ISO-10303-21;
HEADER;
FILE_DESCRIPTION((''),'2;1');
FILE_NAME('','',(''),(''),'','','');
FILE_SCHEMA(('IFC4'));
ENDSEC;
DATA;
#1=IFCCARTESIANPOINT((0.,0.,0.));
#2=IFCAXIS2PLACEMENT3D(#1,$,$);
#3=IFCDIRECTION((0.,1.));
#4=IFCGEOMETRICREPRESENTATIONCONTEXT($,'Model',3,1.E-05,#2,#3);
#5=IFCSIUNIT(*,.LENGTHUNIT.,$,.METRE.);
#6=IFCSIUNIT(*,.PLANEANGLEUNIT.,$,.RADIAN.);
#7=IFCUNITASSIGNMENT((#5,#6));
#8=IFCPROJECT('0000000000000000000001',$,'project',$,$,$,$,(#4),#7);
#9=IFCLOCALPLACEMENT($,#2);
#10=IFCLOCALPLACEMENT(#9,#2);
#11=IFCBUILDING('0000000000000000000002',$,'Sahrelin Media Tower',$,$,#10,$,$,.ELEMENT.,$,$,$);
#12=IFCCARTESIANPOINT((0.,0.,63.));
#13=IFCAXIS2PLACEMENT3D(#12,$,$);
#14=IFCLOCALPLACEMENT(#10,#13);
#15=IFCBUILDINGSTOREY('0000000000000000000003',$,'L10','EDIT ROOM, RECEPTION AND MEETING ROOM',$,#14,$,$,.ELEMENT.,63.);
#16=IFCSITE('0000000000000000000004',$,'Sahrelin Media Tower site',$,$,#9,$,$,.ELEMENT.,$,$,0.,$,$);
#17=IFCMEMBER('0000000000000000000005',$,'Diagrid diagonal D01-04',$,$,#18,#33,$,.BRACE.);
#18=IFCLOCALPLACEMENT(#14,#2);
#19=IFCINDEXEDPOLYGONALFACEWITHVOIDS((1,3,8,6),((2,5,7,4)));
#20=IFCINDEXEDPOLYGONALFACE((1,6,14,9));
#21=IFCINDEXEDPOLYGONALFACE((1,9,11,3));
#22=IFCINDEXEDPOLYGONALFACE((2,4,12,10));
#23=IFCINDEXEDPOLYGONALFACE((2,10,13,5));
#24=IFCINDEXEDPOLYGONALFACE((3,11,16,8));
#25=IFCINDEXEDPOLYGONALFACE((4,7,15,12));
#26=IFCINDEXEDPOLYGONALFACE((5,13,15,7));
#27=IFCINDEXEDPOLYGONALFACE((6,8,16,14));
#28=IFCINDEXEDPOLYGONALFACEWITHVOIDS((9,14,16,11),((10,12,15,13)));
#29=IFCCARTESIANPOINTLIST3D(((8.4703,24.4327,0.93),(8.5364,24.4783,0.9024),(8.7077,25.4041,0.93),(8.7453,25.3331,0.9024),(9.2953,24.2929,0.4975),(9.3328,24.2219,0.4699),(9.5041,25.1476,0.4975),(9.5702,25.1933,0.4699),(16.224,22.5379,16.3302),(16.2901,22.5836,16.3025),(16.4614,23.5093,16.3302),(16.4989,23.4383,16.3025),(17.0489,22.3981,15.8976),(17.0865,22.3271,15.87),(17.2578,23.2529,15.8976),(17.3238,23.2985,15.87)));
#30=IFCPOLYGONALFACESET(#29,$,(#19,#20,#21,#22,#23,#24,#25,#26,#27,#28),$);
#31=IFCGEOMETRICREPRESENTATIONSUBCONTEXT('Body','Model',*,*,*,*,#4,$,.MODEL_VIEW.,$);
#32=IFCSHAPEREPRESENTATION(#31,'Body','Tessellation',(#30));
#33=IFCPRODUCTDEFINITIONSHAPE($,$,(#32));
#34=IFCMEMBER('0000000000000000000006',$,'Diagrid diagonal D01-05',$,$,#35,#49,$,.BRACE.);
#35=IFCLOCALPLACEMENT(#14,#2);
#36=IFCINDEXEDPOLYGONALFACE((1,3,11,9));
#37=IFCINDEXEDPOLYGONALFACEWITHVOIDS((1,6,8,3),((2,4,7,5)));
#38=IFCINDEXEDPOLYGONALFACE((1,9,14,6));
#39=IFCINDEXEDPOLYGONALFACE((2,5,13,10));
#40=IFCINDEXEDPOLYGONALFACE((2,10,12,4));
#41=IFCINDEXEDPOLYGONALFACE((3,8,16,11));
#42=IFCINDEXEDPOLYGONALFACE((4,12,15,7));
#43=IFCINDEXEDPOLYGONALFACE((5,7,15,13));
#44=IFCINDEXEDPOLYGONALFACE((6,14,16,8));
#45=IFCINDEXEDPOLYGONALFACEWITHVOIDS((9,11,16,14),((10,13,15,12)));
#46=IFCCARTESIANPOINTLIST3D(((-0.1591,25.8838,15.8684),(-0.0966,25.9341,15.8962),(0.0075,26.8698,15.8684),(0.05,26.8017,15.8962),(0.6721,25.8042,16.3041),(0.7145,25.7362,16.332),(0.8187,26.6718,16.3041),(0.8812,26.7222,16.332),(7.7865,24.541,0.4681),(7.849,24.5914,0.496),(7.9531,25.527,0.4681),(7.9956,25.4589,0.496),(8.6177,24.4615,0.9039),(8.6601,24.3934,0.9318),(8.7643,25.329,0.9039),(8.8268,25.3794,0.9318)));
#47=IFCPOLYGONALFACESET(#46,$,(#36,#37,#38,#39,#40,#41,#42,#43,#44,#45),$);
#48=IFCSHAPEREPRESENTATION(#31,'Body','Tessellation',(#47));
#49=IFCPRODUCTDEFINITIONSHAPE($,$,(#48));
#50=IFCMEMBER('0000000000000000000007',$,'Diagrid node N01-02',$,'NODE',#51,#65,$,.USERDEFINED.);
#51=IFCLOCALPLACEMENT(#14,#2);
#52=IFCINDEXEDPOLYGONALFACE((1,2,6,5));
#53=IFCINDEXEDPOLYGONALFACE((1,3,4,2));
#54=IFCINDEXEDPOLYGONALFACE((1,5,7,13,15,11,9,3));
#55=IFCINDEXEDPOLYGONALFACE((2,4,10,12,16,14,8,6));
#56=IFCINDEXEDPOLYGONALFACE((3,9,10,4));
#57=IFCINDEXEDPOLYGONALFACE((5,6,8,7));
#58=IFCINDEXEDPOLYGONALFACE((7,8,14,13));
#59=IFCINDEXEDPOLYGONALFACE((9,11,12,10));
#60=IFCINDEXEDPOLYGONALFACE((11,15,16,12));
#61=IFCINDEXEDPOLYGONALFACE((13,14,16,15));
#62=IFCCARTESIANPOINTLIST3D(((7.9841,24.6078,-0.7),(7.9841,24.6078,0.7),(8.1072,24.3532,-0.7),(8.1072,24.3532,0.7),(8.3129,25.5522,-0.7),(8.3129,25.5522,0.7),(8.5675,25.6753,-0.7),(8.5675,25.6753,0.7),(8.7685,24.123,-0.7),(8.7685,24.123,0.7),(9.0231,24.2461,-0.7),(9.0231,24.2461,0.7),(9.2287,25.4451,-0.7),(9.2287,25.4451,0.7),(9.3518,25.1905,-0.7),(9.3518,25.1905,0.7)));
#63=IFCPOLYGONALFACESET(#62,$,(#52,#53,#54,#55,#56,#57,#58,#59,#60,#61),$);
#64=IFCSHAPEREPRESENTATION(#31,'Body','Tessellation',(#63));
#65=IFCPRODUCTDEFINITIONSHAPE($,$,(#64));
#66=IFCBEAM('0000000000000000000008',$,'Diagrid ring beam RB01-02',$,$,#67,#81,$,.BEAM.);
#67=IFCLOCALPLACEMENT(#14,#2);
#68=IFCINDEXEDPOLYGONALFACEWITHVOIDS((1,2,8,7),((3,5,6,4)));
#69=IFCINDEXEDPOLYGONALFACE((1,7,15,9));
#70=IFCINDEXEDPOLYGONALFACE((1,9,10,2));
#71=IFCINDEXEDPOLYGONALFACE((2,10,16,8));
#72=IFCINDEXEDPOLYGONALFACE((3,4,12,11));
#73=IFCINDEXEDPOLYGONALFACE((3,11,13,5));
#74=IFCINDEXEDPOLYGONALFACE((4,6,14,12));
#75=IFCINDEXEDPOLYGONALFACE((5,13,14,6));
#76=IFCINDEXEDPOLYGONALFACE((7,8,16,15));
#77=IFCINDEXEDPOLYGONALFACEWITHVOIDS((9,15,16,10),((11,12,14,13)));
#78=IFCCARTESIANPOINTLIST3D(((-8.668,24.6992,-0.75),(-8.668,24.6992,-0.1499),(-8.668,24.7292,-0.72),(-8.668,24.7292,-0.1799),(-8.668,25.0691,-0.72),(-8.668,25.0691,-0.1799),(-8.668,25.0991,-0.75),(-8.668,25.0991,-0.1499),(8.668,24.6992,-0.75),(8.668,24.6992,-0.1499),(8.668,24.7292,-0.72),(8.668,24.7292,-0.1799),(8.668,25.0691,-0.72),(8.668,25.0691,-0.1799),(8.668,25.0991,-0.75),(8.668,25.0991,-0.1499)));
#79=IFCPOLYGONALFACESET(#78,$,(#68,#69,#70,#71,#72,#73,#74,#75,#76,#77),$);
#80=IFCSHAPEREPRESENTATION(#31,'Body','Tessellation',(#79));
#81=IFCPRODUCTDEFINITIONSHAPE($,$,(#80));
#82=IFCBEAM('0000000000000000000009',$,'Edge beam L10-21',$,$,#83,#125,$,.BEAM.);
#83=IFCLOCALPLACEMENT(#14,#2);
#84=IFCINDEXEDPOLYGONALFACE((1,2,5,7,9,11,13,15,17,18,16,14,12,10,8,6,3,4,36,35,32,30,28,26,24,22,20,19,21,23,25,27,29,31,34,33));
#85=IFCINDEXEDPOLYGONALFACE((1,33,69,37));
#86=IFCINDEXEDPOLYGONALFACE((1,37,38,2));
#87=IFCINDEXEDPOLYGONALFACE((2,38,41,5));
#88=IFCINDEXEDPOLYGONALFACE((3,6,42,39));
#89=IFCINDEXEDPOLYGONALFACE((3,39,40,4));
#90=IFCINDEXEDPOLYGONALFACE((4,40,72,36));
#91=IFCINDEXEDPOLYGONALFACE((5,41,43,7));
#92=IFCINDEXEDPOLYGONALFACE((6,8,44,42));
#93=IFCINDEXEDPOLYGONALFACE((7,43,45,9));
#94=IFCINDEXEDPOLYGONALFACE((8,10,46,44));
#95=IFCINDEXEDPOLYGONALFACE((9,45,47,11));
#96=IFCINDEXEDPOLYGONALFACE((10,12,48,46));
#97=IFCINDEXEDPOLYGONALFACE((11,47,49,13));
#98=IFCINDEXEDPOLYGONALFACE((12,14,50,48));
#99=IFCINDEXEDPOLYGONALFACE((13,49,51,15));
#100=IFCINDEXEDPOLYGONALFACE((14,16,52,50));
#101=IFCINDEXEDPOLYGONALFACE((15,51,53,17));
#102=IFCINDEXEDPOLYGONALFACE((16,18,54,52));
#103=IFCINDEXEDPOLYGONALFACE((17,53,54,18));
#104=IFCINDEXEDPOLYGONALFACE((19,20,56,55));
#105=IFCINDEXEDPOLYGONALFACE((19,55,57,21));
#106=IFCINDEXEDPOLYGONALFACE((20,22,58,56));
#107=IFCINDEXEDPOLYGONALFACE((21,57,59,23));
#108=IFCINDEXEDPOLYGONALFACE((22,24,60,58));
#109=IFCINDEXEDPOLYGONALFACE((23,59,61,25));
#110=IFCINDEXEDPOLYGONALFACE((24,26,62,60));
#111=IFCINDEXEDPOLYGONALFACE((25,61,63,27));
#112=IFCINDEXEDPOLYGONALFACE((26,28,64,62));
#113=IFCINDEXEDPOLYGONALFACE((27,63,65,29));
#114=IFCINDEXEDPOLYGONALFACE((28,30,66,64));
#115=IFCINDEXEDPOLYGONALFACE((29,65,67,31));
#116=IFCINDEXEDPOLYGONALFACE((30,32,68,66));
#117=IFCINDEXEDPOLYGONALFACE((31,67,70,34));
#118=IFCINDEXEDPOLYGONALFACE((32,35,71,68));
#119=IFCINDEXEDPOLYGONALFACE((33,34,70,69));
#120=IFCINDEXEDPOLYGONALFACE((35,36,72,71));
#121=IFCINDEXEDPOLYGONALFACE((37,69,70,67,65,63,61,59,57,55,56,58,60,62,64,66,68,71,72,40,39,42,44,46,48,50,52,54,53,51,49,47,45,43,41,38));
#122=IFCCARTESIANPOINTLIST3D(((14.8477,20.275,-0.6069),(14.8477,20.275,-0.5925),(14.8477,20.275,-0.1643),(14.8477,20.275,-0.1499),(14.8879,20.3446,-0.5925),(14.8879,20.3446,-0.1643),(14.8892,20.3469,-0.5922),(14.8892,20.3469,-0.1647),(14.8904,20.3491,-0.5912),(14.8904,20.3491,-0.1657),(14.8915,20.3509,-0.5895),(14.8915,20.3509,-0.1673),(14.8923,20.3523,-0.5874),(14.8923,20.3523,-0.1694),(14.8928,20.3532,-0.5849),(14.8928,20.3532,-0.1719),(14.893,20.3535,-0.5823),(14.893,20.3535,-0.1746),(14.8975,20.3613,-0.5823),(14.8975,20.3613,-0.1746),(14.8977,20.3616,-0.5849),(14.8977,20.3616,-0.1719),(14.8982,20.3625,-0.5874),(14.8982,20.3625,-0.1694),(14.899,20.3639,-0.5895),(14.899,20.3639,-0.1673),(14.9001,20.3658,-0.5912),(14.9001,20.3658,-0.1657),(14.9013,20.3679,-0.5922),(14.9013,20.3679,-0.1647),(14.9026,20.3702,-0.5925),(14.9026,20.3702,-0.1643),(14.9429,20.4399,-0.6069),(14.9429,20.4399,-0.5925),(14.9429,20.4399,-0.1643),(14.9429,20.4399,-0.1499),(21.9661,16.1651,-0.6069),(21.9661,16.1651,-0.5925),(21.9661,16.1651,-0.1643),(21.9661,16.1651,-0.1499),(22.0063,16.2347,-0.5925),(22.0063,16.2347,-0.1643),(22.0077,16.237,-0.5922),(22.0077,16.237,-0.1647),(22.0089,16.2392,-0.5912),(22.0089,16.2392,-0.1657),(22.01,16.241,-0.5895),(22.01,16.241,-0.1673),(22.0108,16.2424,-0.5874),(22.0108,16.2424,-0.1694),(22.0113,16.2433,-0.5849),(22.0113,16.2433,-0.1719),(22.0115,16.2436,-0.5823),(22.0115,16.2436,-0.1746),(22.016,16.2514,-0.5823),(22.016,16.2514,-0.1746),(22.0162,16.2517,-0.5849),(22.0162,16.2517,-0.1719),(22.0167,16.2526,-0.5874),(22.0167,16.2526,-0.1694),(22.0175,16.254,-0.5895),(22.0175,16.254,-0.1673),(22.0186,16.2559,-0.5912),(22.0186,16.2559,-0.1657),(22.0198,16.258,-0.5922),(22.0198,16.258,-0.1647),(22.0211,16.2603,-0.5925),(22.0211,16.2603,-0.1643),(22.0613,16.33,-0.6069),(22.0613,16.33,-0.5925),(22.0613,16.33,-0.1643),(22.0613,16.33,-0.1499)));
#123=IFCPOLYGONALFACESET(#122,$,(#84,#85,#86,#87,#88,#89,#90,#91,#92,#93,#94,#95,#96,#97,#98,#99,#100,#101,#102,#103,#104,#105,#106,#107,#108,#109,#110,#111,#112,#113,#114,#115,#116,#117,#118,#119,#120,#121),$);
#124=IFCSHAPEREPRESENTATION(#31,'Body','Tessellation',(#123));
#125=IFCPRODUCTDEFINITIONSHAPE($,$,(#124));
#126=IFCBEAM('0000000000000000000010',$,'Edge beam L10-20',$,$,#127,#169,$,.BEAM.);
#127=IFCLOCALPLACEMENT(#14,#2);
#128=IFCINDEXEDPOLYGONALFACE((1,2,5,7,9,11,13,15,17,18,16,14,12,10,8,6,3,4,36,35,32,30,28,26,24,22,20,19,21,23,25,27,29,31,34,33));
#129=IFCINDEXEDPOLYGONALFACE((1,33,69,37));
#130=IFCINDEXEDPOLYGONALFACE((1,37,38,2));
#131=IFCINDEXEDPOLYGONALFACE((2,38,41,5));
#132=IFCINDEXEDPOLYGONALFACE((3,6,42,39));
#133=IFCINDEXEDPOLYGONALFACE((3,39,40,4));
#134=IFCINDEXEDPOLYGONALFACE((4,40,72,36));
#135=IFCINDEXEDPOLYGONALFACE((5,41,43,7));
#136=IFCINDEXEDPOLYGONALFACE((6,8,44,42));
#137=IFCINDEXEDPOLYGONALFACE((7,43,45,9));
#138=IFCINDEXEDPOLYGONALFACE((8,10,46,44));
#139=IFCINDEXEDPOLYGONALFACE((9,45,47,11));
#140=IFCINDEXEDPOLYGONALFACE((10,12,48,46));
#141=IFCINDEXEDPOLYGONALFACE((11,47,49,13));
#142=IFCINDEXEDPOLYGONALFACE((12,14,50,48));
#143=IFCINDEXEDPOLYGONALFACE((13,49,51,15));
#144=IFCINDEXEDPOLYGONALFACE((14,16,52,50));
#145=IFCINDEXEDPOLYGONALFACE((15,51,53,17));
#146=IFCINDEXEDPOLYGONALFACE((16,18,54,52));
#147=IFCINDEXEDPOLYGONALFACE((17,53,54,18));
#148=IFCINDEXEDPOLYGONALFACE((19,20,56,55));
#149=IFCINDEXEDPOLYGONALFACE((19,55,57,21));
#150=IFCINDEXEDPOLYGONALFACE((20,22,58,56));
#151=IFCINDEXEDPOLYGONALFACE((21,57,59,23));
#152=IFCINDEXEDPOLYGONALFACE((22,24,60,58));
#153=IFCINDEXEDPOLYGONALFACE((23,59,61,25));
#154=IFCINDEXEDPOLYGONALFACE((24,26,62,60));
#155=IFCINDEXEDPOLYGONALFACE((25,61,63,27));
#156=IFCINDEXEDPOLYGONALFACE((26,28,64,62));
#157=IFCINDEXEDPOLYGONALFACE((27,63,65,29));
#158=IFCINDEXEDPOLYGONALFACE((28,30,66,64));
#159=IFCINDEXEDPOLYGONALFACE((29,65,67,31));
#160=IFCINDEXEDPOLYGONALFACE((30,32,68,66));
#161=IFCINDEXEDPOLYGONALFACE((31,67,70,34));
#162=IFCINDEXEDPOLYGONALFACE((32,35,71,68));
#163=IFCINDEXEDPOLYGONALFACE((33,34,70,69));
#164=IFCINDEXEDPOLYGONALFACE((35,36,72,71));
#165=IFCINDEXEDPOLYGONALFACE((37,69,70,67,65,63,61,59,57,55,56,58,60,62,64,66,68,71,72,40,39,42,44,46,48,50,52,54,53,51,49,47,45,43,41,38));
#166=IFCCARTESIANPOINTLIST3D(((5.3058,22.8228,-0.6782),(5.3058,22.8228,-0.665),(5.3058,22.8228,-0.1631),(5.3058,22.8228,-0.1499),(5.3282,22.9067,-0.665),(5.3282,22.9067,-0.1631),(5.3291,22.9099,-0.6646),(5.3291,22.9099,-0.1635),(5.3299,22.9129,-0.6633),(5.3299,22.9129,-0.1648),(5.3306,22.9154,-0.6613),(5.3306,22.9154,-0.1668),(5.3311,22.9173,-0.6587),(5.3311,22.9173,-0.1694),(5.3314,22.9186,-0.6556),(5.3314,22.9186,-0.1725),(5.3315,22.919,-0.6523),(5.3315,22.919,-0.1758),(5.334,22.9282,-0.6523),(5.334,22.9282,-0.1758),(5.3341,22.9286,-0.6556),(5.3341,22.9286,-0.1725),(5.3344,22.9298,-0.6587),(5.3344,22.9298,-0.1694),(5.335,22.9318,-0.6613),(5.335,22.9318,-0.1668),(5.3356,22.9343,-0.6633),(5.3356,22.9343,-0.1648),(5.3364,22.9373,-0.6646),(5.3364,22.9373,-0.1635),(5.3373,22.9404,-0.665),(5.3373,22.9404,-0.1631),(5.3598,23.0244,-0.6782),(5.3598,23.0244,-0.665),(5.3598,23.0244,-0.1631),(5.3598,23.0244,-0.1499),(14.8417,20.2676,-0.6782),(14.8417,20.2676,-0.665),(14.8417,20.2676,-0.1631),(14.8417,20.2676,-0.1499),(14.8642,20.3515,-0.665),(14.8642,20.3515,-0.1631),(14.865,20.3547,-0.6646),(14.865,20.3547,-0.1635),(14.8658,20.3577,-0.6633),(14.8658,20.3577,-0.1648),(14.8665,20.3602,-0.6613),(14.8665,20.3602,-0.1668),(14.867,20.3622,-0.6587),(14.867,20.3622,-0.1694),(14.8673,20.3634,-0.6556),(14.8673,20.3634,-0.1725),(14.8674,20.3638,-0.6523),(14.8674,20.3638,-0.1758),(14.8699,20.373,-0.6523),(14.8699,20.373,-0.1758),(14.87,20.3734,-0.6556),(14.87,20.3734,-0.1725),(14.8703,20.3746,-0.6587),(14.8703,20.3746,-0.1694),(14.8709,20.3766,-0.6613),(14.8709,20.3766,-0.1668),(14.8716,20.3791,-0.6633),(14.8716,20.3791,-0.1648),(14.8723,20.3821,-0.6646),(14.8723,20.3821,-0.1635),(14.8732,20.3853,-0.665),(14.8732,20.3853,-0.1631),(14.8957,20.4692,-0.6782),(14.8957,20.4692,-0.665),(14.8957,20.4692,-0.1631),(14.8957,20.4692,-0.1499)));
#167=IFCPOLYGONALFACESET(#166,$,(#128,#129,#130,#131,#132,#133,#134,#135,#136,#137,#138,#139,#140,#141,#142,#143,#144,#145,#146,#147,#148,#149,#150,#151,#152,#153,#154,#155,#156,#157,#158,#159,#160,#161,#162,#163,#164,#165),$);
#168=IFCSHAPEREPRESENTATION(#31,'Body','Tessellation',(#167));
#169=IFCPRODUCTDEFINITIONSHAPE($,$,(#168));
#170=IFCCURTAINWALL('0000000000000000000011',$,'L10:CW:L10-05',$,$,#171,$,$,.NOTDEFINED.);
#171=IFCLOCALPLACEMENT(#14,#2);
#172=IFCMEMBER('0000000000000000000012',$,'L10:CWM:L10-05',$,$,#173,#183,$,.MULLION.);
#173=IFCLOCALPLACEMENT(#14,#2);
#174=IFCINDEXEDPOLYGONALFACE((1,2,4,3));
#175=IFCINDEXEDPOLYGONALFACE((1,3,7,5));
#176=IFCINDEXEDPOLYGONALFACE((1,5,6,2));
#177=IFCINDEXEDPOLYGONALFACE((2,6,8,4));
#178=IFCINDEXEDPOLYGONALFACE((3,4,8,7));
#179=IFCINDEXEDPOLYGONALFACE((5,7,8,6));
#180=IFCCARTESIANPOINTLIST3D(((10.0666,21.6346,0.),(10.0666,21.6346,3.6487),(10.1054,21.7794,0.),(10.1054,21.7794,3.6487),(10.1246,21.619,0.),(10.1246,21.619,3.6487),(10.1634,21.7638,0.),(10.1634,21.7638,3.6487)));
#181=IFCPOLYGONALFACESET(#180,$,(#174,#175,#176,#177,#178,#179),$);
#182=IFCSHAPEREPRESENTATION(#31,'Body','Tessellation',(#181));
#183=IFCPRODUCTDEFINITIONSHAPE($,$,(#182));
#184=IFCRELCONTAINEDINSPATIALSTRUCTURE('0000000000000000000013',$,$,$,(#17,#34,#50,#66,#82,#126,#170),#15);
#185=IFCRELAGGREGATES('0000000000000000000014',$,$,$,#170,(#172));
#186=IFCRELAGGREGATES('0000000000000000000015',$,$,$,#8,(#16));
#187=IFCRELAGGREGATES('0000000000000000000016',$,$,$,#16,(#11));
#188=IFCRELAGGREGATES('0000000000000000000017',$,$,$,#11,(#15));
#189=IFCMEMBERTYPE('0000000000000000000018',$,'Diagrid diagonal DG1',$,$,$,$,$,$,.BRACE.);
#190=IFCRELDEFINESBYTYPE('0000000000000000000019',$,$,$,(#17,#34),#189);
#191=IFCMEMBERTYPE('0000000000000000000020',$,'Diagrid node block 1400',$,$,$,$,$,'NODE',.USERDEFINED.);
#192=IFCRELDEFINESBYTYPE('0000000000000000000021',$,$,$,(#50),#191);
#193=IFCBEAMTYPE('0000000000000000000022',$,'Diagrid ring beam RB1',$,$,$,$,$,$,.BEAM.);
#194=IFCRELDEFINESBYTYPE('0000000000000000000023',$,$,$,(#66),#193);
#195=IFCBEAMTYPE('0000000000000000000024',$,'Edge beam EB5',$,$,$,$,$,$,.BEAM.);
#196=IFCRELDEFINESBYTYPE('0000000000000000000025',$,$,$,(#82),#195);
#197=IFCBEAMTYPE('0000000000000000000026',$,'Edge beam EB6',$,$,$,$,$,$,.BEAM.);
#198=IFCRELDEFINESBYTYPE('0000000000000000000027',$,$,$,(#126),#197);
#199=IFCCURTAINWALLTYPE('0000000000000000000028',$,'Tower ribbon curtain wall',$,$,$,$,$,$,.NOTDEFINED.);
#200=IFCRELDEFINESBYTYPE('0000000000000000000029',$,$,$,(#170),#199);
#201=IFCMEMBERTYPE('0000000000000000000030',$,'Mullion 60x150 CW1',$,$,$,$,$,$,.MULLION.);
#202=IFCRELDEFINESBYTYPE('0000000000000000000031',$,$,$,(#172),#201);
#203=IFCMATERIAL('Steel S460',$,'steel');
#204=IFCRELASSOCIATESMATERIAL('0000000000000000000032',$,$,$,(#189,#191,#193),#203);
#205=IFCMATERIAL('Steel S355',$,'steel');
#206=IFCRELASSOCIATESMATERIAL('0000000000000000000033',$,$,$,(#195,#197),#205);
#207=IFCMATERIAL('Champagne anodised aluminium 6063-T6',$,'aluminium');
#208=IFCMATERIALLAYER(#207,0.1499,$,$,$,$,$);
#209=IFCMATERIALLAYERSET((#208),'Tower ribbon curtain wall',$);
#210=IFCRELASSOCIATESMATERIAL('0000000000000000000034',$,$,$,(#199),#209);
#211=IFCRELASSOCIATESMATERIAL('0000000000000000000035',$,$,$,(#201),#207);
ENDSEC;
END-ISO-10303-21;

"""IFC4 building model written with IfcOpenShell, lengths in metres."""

from ifc_helpers import new_model, si_unit, direction, frame, origin, origin_2d, place, context, subcontext, project, spatial, polyline, rectangle, hollow_rectangle, i_section, outline, extrude, material, layer, layer_set, material_profile, profile_set, type_object, element, aggregate, save


model = new_model("IFC4")

# Units and contexts
model_context = context("Model", 3, precision=1e-05, world=origin(), true_north=direction((0.0, 1.0)))
body_context = subcontext(model_context, "Body", "Model", "MODEL_VIEW")
ifc_project = project(units=[si_unit("LENGTHUNIT", "METRE"), si_unit("PLANEANGLEUNIT", "RADIAN")], contexts=[model_context])

# Site, building, storey
site_placement = place(None, origin())
site = spatial("IfcSite", under=ifc_project, at=site_placement, Name="Sahrelin Media Tower site", CompositionType="ELEMENT", RefElevation=0.0)
building_placement = place(site_placement, origin())
building = spatial("IfcBuilding", under=site, at=building_placement, Name="Sahrelin Media Tower", CompositionType="ELEMENT")
storey_placement = place(building_placement, frame((0.0, 0.0, 63.0)))
storey = spatial("IfcBuildingStorey", under=building, at=storey_placement, Name="L10", Description="EDIT ROOM, RECEPTION AND MEETING ROOM", CompositionType="ELEMENT", Elevation=63.0)

# Members
ifc_material_1 = material(Name="Steel S460", Category="steel")
ifc_material_profile_1 = material_profile(ifc_material_1, hollow_rectangle(XDim=1.0, YDim=1.0, WallThickness=0.0601, at=origin_2d()), Name="Diagrid diagonal DG1")
ifc_profile_set_1 = profile_set([ifc_material_profile_1], Name="Steel S460")
member_type_1 = type_object("IfcMemberType", Name="Diagrid diagonal DG1", PredefinedType="BRACE", material=ifc_profile_set_1)
member_1_placement = place(storey_placement, frame((9.0203, 24.813, 0.7), z_axis=(0.447007, -0.109236, 0.887836), x_axis=(0.237386, 0.971415, 0.0)))
element("IfcMember", 1, at=member_1_placement, inside=storey, type_object=member_type_1, Name="Diagrid diagonal D01-04", PredefinedType="BRACE", context=body_context, shape_type="SweptSolid", body=[
    extrude(hollow_rectangle(XDim=1.0, YDim=1.0, WallThickness=0.0601, at=origin_2d()), origin(), (0.0, 0.0, 1.0), 17.3457),
])
member_2_placement = place(storey_placement, frame((8.3066, 24.9602, 0.7), z_axis=(-0.45714, 0.077255, 0.886033), x_axis=(-0.166634, -0.986019, 0.0)))
element("IfcMember", 2, at=member_2_placement, inside=storey, type_object=member_type_1, Name="Diagrid diagonal D01-05", PredefinedType="BRACE", context=body_context, shape_type="SweptSolid", body=[
    extrude(hollow_rectangle(XDim=1.0, YDim=1.0, WallThickness=0.0601, at=origin_2d()), origin(), (0.0, 0.0, 1.0), 17.3811),
])
ifc_material_profile_2 = material_profile(ifc_material_1, outline(polyline([(0.5, -0.55), (0.7, -0.3501), (0.7, 0.3501), (0.5, 0.55), (-0.5, 0.55), (-0.7, 0.3501), (-0.7, -0.3501), (-0.5, -0.55), (0.5, -0.55)])), Name="Diagrid node block 1400")
ifc_profile_set_2 = profile_set([ifc_material_profile_2], Name="Steel S460")
member_type_2 = type_object("IfcMemberType", Name="Diagrid node block 1400", ElementType="NODE", PredefinedType="USERDEFINED", material=ifc_profile_set_2)
member_3_placement = place(storey_placement, frame((8.668, 24.8992, -0.7), z_axis=(0.0, 0.0, 1.0), x_axis=(0.328769, 0.94441, 0.0)))
element("IfcMember", 3, at=member_3_placement, inside=storey, type_object=member_type_2, Name="Diagrid node N01-02", ObjectType="NODE", PredefinedType="USERDEFINED", context=body_context, shape_type="SweptSolid", body=[
    extrude(outline(polyline([(0.5, -0.55), (0.7, -0.3501), (0.7, 0.3501), (0.5, 0.55), (-0.5, 0.55), (-0.7, 0.3501), (-0.7, -0.3501), (-0.5, -0.55), (0.5, -0.55)])), origin(), (0.0, 0.0, 1.0), 1.3999),
])

# Beams
ifc_material_profile_3 = material_profile(ifc_material_1, hollow_rectangle(XDim=0.3999, YDim=0.6001, WallThickness=0.03, at=origin_2d()), Name="Diagrid ring beam RB1")
ifc_profile_set_3 = profile_set([ifc_material_profile_3], Name="Steel S460")
beam_type_1 = type_object("IfcBeamType", Name="Diagrid ring beam RB1", PredefinedType="BEAM", material=ifc_profile_set_3)
beam_1_placement = place(storey_placement, frame((8.668, 24.8992, -0.45), z_axis=(-1.0, 0.0, 0.0), x_axis=(0.0, -1.0, 0.0)))
element("IfcBeam", 4, at=beam_1_placement, inside=storey, type_object=beam_type_1, Name="Diagrid ring beam RB01-02", PredefinedType="BEAM", context=body_context, shape_type="SweptSolid", body=[
    extrude(hollow_rectangle(XDim=0.3999, YDim=0.6001, WallThickness=0.03, at=origin_2d()), origin(), (0.0, 0.0, 1.0), 17.3359),
])
ifc_material_2 = material(Name="Steel S355", Category="steel")
ifc_material_profile_4 = material_profile(ifc_material_2, i_section(OverallWidth=0.1904, OverallDepth=0.457, WebThickness=0.009, FlangeThickness=0.0144, FilletRadius=0.0103, at=origin_2d()), Name="UB 457x191x74")
ifc_profile_set_4 = profile_set([ifc_material_profile_4], Name="Steel S355")
beam_type_2 = type_object("IfcBeamType", Name="Edge beam EB5", PredefinedType="BEAM", material=ifc_profile_set_4)
beam_2_placement = place(storey_placement, frame((14.8953, 20.3574, -0.3784), z_axis=(0.866023, -0.500004, 0.0), x_axis=(0.500004, 0.866023, 0.0)))
element("IfcBeam", 5, at=beam_2_placement, inside=storey, type_object=beam_type_2, Name="Edge beam L10-21", PredefinedType="BEAM", context=body_context, shape_type="SweptSolid", body=[
    extrude(i_section(OverallWidth=0.1904, OverallDepth=0.457, WebThickness=0.009, FlangeThickness=0.0144, FilletRadius=0.0103, at=origin_2d()), origin(), (0.0, 0.0, 1.0), 8.2197),
])
ifc_material_profile_5 = material_profile(ifc_material_2, i_section(OverallWidth=0.2087, OverallDepth=0.5283, WebThickness=0.0095, FlangeThickness=0.0132, FilletRadius=0.0127, at=origin_2d()), Name="UB 533x210x82")
ifc_profile_set_5 = profile_set([ifc_material_profile_5], Name="Steel S355")
beam_type_3 = type_object("IfcBeamType", Name="Edge beam EB6", PredefinedType="BEAM", material=ifc_profile_set_5)
beam_3_placement = place(storey_placement, frame((5.3328, 22.9236, -0.4141), z_axis=(0.965925, -0.258823, 0.0), x_axis=(0.258823, 0.965925, 0.0)))
element("IfcBeam", 6, at=beam_3_placement, inside=storey, type_object=beam_type_3, Name="Edge beam L10-20", PredefinedType="BEAM", context=body_context, shape_type="SweptSolid", body=[
    extrude(i_section(OverallWidth=0.2087, OverallDepth=0.5283, WebThickness=0.0095, FlangeThickness=0.0132, FilletRadius=0.0127, at=origin_2d()), origin(), (0.0, 0.0, 1.0), 9.8723),
])

# Curtain wall, member
ifc_material_3 = material(Name="Champagne anodised aluminium 6063-T6", Category="aluminium")
ifc_layer_1 = layer(ifc_material_3, 0.1499)
ifc_layer_set_1 = layer_set([ifc_layer_1], Name="Tower ribbon curtain wall")
curtain_wall_type = type_object("IfcCurtainWallType", Name="Tower ribbon curtain wall", PredefinedType="NOTDEFINED", material=ifc_layer_set_1)
curtain_wall_1_placement = place(storey_placement, frame((10.1394, 21.791, 0.0), z_axis=(0.0, 0.0, 1.0), x_axis=(1.0, 0.0, 0.0)))
curtain_wall_1 = element("IfcCurtainWall", 7, at=curtain_wall_1_placement, inside=storey, type_object=curtain_wall_type, Name="L10:CW:L10-05", PredefinedType="NOTDEFINED")
ifc_material_profile_6 = material_profile(ifc_material_3, rectangle(XDim=0.0601, YDim=0.1499, at=origin_2d()), Name="Mullion 60x150")
ifc_profile_set_6 = profile_set([ifc_material_profile_6], Name="Champagne anodised aluminium 6063-T6")
member_type_3 = type_object("IfcMemberType", Name="Mullion 60x150 CW1", PredefinedType="MULLION", material=ifc_profile_set_6)
member_4_placement = place(storey_placement, frame((10.115, 21.6992, 0.0), z_axis=(0.0, 0.0, 1.0), x_axis=(-0.965925, 0.258821, 0.0)))
member_4 = element("IfcMember", 8, at=member_4_placement, type_object=member_type_3, Name="L10:CWM:L10-05", PredefinedType="MULLION", context=body_context, shape_type="SweptSolid", body=[
    extrude(rectangle(XDim=0.0601, YDim=0.1499, at=origin_2d()), origin(), (0.0, 0.0, 1.0), 3.6487),
])

aggregate(curtain_wall_1, [member_4])

save(model, "model.ifc")
